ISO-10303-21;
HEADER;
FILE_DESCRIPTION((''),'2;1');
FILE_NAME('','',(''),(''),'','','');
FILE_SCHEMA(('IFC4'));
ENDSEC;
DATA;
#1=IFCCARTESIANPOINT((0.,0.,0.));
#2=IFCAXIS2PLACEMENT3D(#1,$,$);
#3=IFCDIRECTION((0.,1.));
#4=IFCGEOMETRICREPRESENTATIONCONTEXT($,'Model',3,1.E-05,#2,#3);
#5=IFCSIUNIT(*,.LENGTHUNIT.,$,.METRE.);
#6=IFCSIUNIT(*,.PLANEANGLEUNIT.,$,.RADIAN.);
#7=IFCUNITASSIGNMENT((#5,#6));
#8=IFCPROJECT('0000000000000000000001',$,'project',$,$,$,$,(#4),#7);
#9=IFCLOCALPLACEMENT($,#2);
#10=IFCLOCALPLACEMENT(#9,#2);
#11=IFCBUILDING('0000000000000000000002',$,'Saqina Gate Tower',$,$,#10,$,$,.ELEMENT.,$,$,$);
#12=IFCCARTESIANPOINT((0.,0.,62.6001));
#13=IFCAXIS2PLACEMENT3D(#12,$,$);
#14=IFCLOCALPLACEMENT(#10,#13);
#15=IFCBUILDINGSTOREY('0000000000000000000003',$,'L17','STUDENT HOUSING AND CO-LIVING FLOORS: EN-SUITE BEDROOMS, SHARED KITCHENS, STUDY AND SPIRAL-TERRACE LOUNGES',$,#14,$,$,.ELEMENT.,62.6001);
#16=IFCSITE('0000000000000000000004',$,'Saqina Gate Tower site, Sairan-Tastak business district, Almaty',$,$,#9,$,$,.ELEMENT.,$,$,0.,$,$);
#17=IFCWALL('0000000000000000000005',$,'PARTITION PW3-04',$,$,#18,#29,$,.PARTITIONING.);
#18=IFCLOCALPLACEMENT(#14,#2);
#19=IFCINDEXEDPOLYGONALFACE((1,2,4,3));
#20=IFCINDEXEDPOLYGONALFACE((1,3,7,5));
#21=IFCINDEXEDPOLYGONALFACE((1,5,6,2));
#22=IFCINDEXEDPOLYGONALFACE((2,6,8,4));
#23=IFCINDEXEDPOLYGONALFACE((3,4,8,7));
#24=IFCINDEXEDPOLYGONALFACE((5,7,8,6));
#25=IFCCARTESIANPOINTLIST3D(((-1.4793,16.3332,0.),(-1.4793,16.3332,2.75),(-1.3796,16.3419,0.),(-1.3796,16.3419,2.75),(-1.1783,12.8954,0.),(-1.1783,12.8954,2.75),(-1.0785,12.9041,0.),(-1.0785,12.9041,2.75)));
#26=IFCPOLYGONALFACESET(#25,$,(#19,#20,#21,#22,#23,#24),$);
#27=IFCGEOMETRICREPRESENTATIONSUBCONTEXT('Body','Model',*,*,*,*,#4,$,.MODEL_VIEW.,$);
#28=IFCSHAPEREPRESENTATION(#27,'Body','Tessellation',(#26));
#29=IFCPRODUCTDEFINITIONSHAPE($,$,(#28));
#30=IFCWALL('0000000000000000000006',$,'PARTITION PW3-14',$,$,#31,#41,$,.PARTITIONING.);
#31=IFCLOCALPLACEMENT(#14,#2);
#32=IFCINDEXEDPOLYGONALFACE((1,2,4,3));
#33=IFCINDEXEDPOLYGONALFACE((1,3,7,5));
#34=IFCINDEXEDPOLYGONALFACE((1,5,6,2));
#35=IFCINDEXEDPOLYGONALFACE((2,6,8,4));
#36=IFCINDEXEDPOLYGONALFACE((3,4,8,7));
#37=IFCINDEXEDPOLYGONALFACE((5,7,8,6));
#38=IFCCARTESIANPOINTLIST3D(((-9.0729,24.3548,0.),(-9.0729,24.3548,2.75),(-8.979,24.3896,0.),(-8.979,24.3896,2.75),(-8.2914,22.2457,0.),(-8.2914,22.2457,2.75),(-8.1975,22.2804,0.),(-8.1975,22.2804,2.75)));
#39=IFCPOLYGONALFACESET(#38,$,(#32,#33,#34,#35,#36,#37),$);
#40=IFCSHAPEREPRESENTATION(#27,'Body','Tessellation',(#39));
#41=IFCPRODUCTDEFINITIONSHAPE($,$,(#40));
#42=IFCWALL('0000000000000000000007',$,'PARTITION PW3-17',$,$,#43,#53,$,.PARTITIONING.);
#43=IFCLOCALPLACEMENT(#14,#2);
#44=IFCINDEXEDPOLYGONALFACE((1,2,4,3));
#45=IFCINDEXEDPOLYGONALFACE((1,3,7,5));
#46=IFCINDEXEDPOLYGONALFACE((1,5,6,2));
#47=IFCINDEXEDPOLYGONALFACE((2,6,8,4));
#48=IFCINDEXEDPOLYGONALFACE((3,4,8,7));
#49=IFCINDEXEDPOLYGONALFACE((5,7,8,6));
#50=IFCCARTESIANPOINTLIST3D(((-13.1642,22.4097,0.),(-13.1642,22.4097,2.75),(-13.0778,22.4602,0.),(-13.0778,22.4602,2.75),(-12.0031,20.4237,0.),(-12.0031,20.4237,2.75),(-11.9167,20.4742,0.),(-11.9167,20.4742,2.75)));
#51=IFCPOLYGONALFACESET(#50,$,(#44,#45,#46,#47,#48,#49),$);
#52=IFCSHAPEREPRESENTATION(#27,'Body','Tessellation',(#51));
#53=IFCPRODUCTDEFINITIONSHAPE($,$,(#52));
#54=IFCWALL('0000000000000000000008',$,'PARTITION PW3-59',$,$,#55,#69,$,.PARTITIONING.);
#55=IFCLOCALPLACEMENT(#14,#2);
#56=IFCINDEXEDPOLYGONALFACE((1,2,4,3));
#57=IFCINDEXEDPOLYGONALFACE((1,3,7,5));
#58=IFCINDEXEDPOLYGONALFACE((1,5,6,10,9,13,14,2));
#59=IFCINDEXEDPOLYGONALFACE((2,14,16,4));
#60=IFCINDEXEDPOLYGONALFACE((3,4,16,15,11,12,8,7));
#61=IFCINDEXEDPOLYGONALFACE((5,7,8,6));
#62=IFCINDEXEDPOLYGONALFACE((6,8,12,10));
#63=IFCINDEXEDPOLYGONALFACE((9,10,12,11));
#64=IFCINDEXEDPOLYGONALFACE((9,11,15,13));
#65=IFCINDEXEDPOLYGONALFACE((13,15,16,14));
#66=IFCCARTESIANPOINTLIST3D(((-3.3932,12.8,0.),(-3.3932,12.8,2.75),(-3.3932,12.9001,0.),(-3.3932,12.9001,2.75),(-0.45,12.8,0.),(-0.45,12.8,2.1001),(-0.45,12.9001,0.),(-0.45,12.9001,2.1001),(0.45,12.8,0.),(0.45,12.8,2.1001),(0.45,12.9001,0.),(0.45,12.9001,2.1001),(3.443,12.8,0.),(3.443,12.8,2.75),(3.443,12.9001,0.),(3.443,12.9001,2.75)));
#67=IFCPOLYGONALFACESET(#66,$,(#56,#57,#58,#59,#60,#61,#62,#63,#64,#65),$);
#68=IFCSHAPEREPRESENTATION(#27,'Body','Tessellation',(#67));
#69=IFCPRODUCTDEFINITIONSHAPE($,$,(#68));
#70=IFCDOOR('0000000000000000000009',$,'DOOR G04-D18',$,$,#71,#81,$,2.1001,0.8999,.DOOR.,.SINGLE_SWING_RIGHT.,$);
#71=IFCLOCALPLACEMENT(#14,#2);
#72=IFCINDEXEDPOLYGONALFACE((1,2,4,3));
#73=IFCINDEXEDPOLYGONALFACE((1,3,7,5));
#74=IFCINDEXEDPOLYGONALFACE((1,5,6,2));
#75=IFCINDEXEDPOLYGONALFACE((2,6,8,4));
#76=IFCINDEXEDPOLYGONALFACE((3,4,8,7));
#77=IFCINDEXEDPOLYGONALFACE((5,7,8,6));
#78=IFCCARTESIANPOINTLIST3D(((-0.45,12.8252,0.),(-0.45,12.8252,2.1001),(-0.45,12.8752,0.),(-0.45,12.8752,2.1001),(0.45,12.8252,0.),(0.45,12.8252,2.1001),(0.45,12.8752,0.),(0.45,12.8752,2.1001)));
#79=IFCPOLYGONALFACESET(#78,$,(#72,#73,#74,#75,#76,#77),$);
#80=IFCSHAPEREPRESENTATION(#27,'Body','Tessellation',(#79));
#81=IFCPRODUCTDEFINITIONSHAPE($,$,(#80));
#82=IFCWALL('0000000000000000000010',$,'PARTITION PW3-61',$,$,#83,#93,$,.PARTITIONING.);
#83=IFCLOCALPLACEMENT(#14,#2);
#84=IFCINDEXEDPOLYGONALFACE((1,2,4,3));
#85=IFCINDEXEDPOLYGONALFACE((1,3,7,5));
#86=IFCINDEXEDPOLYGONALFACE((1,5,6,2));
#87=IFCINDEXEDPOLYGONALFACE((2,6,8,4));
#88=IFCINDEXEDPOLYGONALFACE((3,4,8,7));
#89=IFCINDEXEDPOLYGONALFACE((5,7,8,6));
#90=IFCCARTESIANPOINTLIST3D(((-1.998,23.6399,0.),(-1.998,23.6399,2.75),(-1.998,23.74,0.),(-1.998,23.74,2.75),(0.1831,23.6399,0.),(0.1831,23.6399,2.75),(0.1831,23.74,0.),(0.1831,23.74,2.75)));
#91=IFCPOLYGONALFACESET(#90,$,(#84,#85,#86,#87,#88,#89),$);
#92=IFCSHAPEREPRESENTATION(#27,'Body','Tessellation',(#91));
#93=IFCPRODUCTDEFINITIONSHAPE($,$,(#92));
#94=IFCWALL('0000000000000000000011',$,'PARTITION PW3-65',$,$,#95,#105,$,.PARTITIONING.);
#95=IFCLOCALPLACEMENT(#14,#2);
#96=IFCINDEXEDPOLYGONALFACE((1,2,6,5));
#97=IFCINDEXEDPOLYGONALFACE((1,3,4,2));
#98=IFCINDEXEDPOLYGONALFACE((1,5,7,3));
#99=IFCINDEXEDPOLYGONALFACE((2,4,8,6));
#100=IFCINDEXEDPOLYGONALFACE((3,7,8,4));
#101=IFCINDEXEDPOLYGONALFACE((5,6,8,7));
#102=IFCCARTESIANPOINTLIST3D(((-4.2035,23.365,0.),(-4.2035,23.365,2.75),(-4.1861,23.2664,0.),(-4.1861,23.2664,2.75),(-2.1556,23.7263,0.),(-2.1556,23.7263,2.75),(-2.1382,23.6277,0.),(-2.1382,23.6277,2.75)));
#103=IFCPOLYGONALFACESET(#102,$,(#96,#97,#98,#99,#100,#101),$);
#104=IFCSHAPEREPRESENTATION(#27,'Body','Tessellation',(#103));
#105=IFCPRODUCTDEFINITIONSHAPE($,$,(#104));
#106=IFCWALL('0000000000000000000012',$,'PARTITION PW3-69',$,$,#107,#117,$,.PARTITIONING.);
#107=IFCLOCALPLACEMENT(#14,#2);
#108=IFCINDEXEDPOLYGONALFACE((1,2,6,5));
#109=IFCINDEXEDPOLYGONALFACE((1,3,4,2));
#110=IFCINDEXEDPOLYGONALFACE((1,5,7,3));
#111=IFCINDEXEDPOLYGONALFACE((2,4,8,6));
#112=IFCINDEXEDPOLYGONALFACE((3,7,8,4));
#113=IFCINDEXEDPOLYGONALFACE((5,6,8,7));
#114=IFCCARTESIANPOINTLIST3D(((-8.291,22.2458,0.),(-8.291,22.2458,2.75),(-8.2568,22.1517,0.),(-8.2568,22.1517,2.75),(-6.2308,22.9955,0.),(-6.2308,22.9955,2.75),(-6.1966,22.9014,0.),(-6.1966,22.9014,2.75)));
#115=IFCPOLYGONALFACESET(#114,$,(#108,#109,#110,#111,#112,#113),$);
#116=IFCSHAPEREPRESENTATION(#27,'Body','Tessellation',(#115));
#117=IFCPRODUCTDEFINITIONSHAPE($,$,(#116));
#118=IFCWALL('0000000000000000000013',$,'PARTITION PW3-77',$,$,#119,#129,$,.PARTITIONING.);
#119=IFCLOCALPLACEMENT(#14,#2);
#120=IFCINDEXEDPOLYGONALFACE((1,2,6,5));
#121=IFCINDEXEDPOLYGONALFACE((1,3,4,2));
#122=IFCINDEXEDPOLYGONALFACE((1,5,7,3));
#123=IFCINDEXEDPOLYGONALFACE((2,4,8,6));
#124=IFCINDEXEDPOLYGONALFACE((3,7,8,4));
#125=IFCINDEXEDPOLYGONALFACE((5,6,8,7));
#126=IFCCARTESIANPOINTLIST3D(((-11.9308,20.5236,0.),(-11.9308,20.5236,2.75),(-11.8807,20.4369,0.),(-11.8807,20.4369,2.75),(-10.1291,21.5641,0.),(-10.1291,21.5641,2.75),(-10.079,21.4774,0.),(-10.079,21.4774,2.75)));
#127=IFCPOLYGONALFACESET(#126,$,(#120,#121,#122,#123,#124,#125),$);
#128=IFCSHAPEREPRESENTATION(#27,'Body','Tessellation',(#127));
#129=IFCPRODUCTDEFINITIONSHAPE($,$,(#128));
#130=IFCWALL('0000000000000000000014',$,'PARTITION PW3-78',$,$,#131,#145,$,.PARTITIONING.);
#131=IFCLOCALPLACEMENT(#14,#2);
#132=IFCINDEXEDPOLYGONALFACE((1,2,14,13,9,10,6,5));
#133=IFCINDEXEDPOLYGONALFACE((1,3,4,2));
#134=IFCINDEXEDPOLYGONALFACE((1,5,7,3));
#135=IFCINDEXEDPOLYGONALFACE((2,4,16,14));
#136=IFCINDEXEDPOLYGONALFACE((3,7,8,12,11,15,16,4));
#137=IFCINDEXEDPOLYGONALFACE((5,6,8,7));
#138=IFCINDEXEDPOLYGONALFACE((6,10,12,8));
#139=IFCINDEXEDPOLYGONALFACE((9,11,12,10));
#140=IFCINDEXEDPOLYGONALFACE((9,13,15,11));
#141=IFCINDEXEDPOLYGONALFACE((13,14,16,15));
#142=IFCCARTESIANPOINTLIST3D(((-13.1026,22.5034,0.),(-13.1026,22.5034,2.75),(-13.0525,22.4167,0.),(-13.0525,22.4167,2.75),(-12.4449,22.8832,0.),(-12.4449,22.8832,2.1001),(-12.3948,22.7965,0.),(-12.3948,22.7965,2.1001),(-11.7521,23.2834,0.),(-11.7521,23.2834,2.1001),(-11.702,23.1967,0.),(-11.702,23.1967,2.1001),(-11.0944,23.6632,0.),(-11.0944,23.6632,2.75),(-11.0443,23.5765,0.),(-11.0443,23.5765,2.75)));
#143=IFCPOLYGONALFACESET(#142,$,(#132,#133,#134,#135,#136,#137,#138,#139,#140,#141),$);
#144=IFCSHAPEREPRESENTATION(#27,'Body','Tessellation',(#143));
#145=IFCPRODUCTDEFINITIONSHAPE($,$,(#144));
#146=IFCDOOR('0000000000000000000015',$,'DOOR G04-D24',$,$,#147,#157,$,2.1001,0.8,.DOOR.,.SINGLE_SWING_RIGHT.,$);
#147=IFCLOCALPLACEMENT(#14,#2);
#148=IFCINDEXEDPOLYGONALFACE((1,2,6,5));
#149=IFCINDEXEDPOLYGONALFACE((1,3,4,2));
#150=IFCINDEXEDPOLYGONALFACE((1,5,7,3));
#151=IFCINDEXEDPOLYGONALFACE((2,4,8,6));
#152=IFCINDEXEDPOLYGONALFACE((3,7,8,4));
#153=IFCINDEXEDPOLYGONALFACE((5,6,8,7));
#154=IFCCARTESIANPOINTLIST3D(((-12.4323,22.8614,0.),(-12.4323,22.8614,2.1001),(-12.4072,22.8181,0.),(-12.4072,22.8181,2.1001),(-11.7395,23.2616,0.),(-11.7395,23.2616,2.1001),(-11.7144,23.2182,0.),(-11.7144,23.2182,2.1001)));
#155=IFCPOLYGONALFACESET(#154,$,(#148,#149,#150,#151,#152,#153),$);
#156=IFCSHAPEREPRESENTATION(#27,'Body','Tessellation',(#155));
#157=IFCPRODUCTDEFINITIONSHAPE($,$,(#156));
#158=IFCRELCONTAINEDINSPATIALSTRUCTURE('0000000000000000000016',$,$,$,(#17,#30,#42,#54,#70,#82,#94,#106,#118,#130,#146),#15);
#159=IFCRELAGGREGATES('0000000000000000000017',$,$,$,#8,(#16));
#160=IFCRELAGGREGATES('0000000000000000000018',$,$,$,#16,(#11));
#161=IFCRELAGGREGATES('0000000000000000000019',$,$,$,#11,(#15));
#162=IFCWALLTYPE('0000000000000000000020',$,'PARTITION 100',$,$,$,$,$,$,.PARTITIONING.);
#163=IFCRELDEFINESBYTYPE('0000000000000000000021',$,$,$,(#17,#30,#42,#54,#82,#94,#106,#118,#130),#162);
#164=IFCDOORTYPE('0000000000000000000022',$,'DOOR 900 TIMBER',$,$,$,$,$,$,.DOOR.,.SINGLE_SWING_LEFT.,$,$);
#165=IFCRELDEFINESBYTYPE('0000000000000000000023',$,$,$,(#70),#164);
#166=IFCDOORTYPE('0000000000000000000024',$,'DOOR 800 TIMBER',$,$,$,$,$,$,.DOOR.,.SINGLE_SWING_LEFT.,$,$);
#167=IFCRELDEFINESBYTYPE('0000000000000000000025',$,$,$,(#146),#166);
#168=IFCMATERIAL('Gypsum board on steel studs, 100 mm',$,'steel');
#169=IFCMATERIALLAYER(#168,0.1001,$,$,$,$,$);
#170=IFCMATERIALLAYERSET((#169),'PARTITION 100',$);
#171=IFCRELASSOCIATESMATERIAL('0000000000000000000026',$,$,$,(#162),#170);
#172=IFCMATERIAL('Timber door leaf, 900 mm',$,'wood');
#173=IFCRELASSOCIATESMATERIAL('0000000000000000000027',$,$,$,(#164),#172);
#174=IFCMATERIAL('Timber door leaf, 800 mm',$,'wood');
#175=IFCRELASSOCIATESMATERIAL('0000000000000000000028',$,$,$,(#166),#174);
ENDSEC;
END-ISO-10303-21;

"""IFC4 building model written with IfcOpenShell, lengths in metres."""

from ifc_helpers import new_model, si_unit, direction, frame, frame_2d, origin, place, context, subcontext, project, spatial, rectangle, extrude, material, layer, layer_set, type_object, element, fill, save


model = new_model("IFC4")

# Units and contexts
model_context = context("Model", 3, precision=1e-05, world=origin(), true_north=direction((0.0, 1.0)))
body_context = subcontext(model_context, "Body", "Model", "MODEL_VIEW")
ifc_project = project(units=[si_unit("LENGTHUNIT", "METRE"), si_unit("PLANEANGLEUNIT", "RADIAN")], contexts=[model_context])

# Site, building, storey
site_placement = place(None, origin())
site = spatial("IfcSite", under=ifc_project, at=site_placement, Name="Saqina Gate Tower site, Sairan-Tastak business district, Almaty", CompositionType="ELEMENT", RefElevation=0.0)
building_placement = place(site_placement, origin())
building = spatial("IfcBuilding", under=site, at=building_placement, Name="Saqina Gate Tower", CompositionType="ELEMENT")
storey_placement = place(building_placement, frame((0.0, 0.0, 62.6001)))
storey = spatial("IfcBuildingStorey", under=building, at=storey_placement, Name="L17", Description="STUDENT HOUSING AND CO-LIVING FLOORS: EN-SUITE BEDROOMS, SHARED KITCHENS, STUDY AND SPIRAL-TERRACE LOUNGES", CompositionType="ELEMENT", Elevation=62.6001)

# Walls
ifc_material_1 = material(Name="Gypsum board on steel studs, 100 mm", Category="steel")
ifc_layer_1 = layer(ifc_material_1, 0.1001)
ifc_layer_set_1 = layer_set([ifc_layer_1], Name="PARTITION 100")
wall_type_1 = type_object("IfcWallType", Name="PARTITION 100", PredefinedType="PARTITIONING", material=ifc_layer_set_1)
wall_1_placement = place(storey_placement, frame((-1.4294, 16.3376, 0.0), z_axis=(0.0, 0.0, 1.0), x_axis=(0.087231, -0.996188, 0.0)))
element("IfcWall", 1, at=wall_1_placement, inside=storey, type_object=wall_type_1, Name="PARTITION PW3-04", PredefinedType="PARTITIONING", context=body_context, shape_type="SweptSolid", body=[
    extrude(rectangle(XDim=3.4509, YDim=0.1001, at=frame_2d((1.7256, 0.0))), origin(), (0.0, 0.0, 1.0), 2.75),
])
wall_2_placement = place(storey_placement, frame((-9.0259, 24.3721, 0.0), z_axis=(0.0, 0.0, 1.0), x_axis=(0.347445, -0.9377, 0.0)))
element("IfcWall", 2, at=wall_2_placement, inside=storey, type_object=wall_type_1, Name="PARTITION PW3-14", PredefinedType="PARTITIONING", context=body_context, shape_type="SweptSolid", body=[
    extrude(rectangle(XDim=2.2493, YDim=0.1001, at=frame_2d((1.1245, 0.0))), origin(), (0.0, 0.0, 1.0), 2.75),
])
wall_3_placement = place(storey_placement, frame((-13.1211, 22.4351, 0.0), z_axis=(0.0, 0.0, 1.0), x_axis=(0.504709, -0.86329, 0.0)))
element("IfcWall", 3, at=wall_3_placement, inside=storey, type_object=wall_type_1, Name="PARTITION PW3-17", PredefinedType="PARTITIONING", context=body_context, shape_type="SweptSolid", body=[
    extrude(rectangle(XDim=2.3005, YDim=0.1001, at=frame_2d((1.1504, 0.0))), origin(), (0.0, 0.0, 1.0), 2.75),
])

# Wall, opening, door
wall_4_placement = place(storey_placement, frame((-3.3931, 12.8501, 0.0), z_axis=(0.0, 0.0, 1.0), x_axis=(1.0, 0.0, 0.0)))
wall_4 = element("IfcWall", 4, at=wall_4_placement, inside=storey, type_object=wall_type_1, Name="PARTITION PW3-59", PredefinedType="PARTITIONING", context=body_context, shape_type="SweptSolid", body=[
    extrude(rectangle(XDim=6.8362, YDim=0.1001, at=frame_2d((3.418, 0.0))), origin(), (0.0, 0.0, 1.0), 2.75),
])
opening_1_placement = place(wall_4_placement, frame((2.9431, 0.0, 0.0)))
opening_1 = element("IfcOpeningElement", 5, at=opening_1_placement, cuts=wall_4, PredefinedType="OPENING", context=body_context, shape_type="SweptSolid", body=[
    extrude(rectangle(XDim=0.8999, YDim=2.1001, at=frame_2d((0.45, 1.05))), frame((0.0, 0.062, 0.0), z_axis=(0.0, -1.0, 0.0), x_axis=(1.0, 0.0, 0.0)), (0.0, 0.0, 1.0), 0.124),
])
ifc_material_2 = material(Name="Timber door leaf, 900 mm", Category="wood")
door_type_1 = type_object("IfcDoorType", Name="DOOR 900 TIMBER", OperationType="SINGLE_SWING_LEFT", PredefinedType="DOOR", material=ifc_material_2)
door_1_placement = place(opening_1_placement, frame((0.8999, 0.0, 0.0), z_axis=(0.0, 0.0, 1.0), x_axis=(-1.0, 0.0, 0.0)))
door_1 = element("IfcDoor", 6, at=door_1_placement, inside=storey, type_object=door_type_1, Name="DOOR G04-D18", OperationType="SINGLE_SWING_RIGHT", OverallHeight=2.1001, OverallWidth=0.8999, PredefinedType="DOOR", context=body_context, shape_type="SweptSolid", body=[
    extrude(rectangle(XDim=0.8999, YDim=2.1001, at=frame_2d((0.45, 1.05))), frame((0.0, 0.0249, 0.0), z_axis=(0.0, -1.0, 0.0), x_axis=(1.0, 0.0, 0.0)), (0.0, 0.0, 1.0), 0.05),
])
fill(opening_1, door_1)

# Walls
wall_5_placement = place(storey_placement, frame((-1.998, 23.6899, 0.0), z_axis=(0.0, 0.0, 1.0), x_axis=(1.0, 0.0, 0.0)))
element("IfcWall", 7, at=wall_5_placement, inside=storey, type_object=wall_type_1, Name="PARTITION PW3-61", PredefinedType="PARTITIONING", context=body_context, shape_type="SweptSolid", body=[
    extrude(rectangle(XDim=2.1812, YDim=0.1001, at=frame_2d((1.0906, 0.0))), origin(), (0.0, 0.0, 1.0), 2.75),
])
wall_6_placement = place(storey_placement, frame((-4.1948, 23.3157, 0.0), z_axis=(0.0, 0.0, 1.0), x_axis=(0.984788, 0.173759, 0.0)))
element("IfcWall", 8, at=wall_6_placement, inside=storey, type_object=wall_type_1, Name="PARTITION PW3-65", PredefinedType="PARTITIONING", context=body_context, shape_type="SweptSolid", body=[
    extrude(rectangle(XDim=2.0796, YDim=0.1001, at=frame_2d((1.0398, 0.0))), origin(), (0.0, 0.0, 1.0), 2.75),
])
wall_7_placement = place(storey_placement, frame((-8.2739, 22.1987, 0.0), z_axis=(0.0, 0.0, 1.0), x_axis=(0.939712, 0.341967, 0.0)))
element("IfcWall", 9, at=wall_7_placement, inside=storey, type_object=wall_type_1, Name="PARTITION PW3-69", PredefinedType="PARTITIONING", context=body_context, shape_type="SweptSolid", body=[
    extrude(rectangle(XDim=2.1924, YDim=0.1001, at=frame_2d((1.0962, 0.0))), origin(), (0.0, 0.0, 1.0), 2.75),
])
wall_8_placement = place(storey_placement, frame((-11.9058, 20.4802, 0.0), z_axis=(0.0, 0.0, 1.0), x_axis=(0.865967, 0.500102, 0.0)))
element("IfcWall", 10, at=wall_8_placement, inside=storey, type_object=wall_type_1, Name="PARTITION PW3-77", PredefinedType="PARTITIONING", context=body_context, shape_type="SweptSolid", body=[
    extrude(rectangle(XDim=2.0806, YDim=0.1001, at=frame_2d((1.0403, 0.0))), origin(), (0.0, 0.0, 1.0), 2.75),
])

# Wall, opening, door
wall_9_placement = place(storey_placement, frame((-13.0776, 22.46, 0.0), z_axis=(0.0, 0.0, 1.0), x_axis=(0.865947, 0.500136, 0.0)))
wall_9 = element("IfcWall", 11, at=wall_9_placement, inside=storey, type_object=wall_type_1, Name="PARTITION PW3-78", PredefinedType="PARTITIONING", context=body_context, shape_type="SweptSolid", body=[
    extrude(rectangle(XDim=2.3191, YDim=0.1001, at=frame_2d((1.1597, 0.0))), origin(), (0.0, 0.0, 1.0), 2.75),
])
opening_2_placement = place(wall_9_placement, frame((0.7598, 0.0, 0.0)))
opening_2 = element("IfcOpeningElement", 12, at=opening_2_placement, cuts=wall_9, PredefinedType="OPENING", context=body_context, shape_type="SweptSolid", body=[
    extrude(rectangle(XDim=0.8, YDim=2.1001, at=frame_2d((0.3999, 1.05))), frame((0.0, 0.062, 0.0), z_axis=(0.0, -1.0, 0.0), x_axis=(1.0, 0.0, 0.0)), (0.0, 0.0, 1.0), 0.124),
])
ifc_material_3 = material(Name="Timber door leaf, 800 mm", Category="wood")
door_type_2 = type_object("IfcDoorType", Name="DOOR 800 TIMBER", OperationType="SINGLE_SWING_LEFT", PredefinedType="DOOR", material=ifc_material_3)
door_2_placement = place(opening_2_placement, origin())
door_2 = element("IfcDoor", 13, at=door_2_placement, inside=storey, type_object=door_type_2, Name="DOOR G04-D24", OperationType="SINGLE_SWING_RIGHT", OverallHeight=2.1001, OverallWidth=0.8, PredefinedType="DOOR", context=body_context, shape_type="SweptSolid", body=[
    extrude(rectangle(XDim=0.8, YDim=2.1001, at=frame_2d((0.3999, 1.05))), frame((0.0, 0.0249, 0.0), z_axis=(0.0, -1.0, 0.0), x_axis=(1.0, 0.0, 0.0)), (0.0, 0.0, 1.0), 0.05),
])
fill(opening_2, door_2)

save(model, "model.ifc")
